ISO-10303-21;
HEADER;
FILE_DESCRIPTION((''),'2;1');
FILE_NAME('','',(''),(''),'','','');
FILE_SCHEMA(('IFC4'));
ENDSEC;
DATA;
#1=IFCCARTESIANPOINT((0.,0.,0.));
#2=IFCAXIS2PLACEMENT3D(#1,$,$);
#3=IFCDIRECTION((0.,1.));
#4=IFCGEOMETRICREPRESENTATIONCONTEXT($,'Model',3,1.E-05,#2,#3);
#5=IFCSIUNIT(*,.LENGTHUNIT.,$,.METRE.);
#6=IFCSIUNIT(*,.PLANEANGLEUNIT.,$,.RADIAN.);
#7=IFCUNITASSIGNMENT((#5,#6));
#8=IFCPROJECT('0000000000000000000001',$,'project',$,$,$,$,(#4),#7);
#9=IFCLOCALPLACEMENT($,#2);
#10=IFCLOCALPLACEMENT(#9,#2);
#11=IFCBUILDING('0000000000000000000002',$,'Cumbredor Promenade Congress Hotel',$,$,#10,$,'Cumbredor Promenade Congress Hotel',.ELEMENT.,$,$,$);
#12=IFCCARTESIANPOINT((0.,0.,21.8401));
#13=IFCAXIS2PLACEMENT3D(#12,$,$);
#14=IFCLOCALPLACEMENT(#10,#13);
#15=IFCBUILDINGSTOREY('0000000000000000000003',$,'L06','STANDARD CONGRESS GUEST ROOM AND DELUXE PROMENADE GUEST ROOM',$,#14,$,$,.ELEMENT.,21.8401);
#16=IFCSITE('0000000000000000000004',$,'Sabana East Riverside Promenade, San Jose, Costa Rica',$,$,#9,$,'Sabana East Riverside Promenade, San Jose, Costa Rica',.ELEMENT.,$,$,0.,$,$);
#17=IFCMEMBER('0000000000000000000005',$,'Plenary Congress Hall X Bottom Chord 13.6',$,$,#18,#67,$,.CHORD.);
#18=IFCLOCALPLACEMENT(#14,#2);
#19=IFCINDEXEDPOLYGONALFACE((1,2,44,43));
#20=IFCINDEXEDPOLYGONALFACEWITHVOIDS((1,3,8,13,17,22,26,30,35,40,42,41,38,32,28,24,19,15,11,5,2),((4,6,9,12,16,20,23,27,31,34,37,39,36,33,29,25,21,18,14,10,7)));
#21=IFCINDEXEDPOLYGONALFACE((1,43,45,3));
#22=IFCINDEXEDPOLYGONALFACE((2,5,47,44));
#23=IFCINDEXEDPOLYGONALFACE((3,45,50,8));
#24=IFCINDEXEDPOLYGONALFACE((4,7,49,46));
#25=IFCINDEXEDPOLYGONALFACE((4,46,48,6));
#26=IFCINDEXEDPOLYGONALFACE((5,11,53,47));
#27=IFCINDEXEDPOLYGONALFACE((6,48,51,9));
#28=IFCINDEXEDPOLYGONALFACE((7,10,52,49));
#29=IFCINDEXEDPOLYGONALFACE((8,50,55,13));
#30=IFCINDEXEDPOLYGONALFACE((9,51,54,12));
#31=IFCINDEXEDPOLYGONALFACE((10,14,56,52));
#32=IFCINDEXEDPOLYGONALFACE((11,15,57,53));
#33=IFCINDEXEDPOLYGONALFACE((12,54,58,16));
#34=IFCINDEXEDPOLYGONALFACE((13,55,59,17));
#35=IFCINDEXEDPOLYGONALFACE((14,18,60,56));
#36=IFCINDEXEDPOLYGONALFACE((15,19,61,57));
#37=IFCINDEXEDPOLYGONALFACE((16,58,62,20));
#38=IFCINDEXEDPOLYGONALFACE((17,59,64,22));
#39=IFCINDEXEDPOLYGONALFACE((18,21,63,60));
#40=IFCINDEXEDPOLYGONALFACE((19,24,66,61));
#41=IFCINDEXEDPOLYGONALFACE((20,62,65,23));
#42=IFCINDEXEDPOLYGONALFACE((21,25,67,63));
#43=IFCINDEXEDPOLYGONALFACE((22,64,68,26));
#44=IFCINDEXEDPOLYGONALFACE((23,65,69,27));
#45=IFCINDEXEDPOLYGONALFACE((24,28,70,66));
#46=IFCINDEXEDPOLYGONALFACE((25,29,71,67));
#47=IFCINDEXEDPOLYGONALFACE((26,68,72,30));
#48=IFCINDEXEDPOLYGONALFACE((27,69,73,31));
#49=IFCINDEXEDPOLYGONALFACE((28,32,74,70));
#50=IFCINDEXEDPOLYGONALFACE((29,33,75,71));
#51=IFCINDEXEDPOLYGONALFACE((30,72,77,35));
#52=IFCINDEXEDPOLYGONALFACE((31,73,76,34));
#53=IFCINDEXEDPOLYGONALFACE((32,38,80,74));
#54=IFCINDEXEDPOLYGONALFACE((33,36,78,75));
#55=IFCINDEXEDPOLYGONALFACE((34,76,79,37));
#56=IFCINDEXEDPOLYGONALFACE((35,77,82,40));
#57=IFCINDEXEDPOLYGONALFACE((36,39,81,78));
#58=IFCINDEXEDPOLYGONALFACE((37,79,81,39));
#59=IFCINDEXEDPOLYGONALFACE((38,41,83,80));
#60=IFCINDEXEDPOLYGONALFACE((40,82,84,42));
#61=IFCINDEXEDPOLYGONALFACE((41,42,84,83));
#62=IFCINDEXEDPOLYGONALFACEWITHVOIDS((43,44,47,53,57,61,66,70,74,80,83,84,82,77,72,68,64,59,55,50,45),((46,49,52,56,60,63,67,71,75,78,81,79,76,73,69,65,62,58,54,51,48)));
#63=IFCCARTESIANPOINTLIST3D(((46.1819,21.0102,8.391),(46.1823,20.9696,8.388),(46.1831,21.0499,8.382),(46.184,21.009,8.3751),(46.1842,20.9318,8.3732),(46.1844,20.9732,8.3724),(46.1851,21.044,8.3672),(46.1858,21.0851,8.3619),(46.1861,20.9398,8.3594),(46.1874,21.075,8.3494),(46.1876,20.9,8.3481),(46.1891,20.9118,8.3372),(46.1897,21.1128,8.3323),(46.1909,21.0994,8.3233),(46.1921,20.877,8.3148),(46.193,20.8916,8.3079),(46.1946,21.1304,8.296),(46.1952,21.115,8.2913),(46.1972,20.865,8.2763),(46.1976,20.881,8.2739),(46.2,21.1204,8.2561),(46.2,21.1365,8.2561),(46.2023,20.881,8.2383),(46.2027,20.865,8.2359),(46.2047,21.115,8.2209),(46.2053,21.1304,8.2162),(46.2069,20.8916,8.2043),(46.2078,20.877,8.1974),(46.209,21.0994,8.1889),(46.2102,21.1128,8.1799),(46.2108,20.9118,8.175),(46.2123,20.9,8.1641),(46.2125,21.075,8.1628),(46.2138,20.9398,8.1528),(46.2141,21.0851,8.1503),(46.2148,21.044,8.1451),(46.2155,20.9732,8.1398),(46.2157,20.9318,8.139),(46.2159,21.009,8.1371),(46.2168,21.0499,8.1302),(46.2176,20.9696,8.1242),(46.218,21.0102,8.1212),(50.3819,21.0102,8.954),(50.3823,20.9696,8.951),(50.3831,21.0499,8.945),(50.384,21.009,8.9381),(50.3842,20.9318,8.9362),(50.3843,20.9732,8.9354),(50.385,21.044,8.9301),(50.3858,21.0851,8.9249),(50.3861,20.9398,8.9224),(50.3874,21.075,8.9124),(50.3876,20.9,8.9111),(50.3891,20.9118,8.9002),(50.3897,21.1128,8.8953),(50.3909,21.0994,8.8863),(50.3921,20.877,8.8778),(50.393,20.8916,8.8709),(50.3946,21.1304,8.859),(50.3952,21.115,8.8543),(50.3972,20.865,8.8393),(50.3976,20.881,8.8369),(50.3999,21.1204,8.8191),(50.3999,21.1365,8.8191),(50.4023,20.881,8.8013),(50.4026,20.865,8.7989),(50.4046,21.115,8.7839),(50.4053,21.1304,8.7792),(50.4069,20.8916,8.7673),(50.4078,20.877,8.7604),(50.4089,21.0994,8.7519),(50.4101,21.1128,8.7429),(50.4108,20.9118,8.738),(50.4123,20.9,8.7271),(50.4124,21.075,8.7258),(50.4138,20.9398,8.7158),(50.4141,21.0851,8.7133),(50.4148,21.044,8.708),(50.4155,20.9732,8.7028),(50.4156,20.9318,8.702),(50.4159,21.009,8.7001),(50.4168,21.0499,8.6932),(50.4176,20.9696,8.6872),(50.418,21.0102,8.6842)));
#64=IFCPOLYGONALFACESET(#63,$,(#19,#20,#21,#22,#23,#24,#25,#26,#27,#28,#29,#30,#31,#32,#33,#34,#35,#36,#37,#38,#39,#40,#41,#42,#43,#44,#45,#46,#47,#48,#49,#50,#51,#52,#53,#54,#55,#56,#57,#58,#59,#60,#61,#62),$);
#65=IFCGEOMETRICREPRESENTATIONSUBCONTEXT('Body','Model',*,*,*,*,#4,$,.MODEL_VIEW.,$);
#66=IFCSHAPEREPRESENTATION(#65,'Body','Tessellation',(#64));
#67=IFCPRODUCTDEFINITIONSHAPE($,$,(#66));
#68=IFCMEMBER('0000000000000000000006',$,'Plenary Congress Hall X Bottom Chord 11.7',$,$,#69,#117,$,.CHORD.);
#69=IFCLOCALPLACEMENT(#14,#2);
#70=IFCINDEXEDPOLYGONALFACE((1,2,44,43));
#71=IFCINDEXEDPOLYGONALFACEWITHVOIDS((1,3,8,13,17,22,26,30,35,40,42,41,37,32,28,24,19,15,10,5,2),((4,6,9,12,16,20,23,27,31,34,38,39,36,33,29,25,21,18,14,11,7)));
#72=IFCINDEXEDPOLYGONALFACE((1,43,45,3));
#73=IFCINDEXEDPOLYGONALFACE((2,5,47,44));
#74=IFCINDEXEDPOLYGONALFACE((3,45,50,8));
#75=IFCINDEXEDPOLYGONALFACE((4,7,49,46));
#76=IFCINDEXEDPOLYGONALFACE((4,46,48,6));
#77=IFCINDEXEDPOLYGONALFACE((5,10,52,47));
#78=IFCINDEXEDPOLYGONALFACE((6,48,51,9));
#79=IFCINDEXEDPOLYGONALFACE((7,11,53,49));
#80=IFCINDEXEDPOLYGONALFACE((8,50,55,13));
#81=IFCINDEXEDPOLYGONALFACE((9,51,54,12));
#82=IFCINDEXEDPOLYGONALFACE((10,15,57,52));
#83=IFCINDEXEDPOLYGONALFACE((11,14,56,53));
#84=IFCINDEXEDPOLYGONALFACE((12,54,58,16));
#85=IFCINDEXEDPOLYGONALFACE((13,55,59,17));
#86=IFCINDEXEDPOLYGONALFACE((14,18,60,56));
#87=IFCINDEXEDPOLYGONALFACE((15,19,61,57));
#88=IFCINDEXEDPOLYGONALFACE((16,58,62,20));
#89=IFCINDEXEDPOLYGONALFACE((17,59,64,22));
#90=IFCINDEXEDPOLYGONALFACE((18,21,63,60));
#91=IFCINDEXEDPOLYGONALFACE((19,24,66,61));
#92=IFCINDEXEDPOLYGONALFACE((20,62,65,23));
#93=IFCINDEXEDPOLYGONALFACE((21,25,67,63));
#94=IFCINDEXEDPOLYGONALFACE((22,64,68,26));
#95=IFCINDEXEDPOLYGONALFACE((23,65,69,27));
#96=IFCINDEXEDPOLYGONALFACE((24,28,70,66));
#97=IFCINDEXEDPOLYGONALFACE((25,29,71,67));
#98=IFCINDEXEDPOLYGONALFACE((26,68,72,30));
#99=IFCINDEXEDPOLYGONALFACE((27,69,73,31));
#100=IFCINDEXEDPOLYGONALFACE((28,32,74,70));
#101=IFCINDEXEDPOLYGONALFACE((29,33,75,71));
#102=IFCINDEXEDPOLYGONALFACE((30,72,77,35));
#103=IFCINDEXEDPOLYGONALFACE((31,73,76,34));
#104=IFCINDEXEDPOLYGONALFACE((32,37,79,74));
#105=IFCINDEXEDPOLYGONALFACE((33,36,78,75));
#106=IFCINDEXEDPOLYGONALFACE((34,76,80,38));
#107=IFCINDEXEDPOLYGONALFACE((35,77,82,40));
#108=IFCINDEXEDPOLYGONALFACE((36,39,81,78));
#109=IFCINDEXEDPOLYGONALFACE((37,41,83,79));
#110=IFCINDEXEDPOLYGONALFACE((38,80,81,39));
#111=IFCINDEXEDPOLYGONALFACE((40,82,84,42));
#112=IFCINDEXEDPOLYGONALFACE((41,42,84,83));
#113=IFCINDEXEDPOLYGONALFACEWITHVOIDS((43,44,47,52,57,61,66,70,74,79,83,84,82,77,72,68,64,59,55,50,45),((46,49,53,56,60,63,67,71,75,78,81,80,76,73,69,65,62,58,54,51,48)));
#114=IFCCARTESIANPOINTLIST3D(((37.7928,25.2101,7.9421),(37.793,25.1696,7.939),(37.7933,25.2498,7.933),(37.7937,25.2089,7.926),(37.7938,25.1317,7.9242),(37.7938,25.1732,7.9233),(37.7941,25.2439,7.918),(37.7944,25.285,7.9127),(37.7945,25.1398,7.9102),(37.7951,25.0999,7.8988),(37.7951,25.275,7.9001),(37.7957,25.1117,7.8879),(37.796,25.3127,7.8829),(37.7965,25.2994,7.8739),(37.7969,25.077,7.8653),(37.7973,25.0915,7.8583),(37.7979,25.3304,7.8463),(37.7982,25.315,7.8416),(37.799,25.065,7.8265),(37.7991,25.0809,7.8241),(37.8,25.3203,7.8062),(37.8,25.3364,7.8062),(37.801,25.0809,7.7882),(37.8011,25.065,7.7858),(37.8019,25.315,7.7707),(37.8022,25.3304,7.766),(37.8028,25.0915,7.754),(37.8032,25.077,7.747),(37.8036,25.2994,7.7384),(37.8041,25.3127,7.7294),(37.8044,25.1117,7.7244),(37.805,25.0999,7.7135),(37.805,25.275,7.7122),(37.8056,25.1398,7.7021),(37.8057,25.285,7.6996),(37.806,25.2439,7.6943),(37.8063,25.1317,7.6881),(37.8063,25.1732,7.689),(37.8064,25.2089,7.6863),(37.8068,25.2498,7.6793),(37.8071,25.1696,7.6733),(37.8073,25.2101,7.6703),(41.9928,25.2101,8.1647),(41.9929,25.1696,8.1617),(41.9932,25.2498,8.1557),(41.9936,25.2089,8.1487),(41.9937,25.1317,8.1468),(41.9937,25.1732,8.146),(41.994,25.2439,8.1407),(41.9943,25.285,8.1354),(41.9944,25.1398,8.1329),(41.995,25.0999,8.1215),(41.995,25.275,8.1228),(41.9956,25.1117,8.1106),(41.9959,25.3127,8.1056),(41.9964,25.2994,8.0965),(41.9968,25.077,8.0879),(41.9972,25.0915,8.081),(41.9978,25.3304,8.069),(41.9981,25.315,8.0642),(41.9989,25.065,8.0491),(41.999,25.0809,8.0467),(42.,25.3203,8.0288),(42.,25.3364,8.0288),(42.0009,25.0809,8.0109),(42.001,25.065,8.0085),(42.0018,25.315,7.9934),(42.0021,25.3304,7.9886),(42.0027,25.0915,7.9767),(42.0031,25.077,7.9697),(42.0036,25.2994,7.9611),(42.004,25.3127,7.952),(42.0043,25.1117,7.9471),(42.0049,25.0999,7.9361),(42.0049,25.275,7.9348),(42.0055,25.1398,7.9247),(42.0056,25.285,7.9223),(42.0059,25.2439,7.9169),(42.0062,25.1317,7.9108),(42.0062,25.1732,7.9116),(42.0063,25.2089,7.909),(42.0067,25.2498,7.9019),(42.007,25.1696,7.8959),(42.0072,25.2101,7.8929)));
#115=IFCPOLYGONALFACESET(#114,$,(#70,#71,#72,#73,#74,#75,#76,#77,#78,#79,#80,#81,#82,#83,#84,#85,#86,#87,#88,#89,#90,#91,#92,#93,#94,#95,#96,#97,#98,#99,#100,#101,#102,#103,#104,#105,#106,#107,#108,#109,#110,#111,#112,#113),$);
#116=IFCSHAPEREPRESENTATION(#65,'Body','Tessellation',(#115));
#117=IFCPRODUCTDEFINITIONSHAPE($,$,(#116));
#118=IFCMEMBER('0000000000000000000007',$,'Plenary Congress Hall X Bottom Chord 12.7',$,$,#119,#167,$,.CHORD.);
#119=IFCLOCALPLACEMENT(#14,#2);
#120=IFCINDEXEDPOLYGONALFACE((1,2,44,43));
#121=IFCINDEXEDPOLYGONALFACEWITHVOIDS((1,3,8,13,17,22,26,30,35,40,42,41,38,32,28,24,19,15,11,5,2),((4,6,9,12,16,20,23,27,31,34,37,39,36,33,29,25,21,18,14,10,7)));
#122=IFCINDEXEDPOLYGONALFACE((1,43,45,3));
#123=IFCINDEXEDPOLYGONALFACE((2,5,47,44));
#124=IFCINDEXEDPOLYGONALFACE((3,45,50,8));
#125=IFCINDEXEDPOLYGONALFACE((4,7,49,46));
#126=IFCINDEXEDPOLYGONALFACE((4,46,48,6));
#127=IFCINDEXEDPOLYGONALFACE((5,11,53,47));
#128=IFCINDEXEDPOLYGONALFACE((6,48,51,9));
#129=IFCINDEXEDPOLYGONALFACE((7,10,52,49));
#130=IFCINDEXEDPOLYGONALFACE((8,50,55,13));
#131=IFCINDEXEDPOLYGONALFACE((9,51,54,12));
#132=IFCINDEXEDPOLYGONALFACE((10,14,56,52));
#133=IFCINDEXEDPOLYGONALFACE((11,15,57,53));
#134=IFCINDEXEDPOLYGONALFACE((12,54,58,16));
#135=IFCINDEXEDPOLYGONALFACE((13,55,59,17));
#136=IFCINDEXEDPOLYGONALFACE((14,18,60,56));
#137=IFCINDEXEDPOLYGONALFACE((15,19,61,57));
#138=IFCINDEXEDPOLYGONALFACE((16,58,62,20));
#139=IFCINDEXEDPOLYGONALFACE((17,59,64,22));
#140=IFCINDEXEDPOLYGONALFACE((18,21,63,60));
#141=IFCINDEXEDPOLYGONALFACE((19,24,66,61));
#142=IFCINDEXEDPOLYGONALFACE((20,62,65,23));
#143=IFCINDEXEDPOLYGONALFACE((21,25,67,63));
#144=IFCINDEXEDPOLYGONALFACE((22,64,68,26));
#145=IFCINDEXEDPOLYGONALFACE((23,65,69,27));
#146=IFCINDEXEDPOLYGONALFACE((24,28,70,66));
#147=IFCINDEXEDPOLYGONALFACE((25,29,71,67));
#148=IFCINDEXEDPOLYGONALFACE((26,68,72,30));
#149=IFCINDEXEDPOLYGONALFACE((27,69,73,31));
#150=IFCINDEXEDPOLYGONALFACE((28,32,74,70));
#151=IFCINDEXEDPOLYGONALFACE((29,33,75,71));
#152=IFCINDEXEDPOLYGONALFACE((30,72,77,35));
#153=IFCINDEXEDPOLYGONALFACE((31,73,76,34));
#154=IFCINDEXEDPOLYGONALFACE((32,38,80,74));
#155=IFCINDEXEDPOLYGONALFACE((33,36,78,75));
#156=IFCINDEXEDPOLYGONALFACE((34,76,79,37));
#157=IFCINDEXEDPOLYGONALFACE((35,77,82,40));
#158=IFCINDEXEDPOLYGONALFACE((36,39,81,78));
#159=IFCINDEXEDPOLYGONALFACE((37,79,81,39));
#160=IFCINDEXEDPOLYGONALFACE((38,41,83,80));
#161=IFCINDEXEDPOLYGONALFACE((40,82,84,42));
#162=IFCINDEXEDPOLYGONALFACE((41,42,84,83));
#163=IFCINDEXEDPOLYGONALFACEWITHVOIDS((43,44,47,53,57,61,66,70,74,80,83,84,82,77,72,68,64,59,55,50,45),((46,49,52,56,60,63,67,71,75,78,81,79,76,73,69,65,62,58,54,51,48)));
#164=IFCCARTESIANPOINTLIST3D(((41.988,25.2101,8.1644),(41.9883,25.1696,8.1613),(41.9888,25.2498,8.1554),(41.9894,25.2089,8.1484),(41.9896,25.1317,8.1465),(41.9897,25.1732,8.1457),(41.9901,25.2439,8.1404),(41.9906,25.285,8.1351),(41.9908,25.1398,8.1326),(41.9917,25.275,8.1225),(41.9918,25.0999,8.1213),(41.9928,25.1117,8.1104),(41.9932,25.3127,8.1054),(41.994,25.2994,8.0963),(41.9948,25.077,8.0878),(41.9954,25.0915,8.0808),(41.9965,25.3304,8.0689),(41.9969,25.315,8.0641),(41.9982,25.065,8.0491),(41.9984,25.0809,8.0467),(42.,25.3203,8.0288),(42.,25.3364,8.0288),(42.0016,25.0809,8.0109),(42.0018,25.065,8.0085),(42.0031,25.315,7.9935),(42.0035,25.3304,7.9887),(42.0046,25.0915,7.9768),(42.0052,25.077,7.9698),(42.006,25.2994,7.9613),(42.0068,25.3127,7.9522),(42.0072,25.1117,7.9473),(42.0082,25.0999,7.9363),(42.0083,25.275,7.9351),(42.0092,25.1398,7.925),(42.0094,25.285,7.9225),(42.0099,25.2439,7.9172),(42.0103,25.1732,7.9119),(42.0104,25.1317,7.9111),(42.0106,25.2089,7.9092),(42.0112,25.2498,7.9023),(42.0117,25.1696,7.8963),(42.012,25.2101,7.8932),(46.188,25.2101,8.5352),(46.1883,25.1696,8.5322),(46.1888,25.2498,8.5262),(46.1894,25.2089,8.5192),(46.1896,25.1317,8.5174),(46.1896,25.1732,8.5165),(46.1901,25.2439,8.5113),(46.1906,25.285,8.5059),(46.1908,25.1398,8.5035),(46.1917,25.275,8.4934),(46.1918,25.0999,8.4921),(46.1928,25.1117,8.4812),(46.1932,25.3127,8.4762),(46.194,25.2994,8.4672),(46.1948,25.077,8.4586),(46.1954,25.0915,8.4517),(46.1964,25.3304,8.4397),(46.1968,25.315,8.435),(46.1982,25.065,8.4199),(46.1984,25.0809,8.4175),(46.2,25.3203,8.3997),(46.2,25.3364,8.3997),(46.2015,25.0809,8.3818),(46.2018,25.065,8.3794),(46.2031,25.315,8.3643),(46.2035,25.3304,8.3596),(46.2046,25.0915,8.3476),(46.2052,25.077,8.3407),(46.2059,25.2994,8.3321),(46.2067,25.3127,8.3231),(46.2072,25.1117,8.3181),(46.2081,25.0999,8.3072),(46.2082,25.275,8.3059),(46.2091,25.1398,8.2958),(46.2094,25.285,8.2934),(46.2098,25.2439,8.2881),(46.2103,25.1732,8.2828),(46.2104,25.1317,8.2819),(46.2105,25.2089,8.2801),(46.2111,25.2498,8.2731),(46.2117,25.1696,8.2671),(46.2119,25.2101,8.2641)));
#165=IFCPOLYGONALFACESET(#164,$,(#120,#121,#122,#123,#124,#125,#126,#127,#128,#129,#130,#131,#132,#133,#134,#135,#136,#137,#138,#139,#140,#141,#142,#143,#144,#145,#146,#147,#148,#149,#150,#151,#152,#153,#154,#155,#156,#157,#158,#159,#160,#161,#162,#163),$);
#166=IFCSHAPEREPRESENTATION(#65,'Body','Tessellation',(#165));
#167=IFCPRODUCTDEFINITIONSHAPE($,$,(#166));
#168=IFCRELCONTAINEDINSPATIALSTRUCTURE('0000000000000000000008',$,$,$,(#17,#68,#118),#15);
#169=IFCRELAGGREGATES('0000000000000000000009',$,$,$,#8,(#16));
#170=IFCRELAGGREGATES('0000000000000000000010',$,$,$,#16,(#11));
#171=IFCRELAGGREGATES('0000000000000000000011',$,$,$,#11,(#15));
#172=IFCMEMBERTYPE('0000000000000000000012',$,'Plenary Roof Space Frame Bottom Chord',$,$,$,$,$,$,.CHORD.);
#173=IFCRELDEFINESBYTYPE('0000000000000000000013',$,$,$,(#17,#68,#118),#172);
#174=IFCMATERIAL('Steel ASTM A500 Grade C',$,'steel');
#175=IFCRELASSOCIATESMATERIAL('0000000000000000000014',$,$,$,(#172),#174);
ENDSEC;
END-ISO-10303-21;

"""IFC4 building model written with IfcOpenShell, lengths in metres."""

from ifc_helpers import new_model, si_unit, direction, frame, origin, origin_2d, place, context, subcontext, project, spatial, hollow_circle, extrude, material, material_profile, profile_set, type_object, element, save


model = new_model("IFC4")

# Units and contexts
model_context = context("Model", 3, precision=1e-05, world=origin(), true_north=direction((0.0, 1.0)))
body_context = subcontext(model_context, "Body", "Model", "MODEL_VIEW")
ifc_project = project(units=[si_unit("LENGTHUNIT", "METRE"), si_unit("PLANEANGLEUNIT", "RADIAN")], contexts=[model_context])

# Site, building, storey
site_placement = place(None, origin())
site = spatial("IfcSite", under=ifc_project, at=site_placement, Name="Sabana East Riverside Promenade, San Jose, Costa Rica", LongName="Sabana East Riverside Promenade, San Jose, Costa Rica", CompositionType="ELEMENT", RefElevation=0.0)
building_placement = place(site_placement, origin())
building = spatial("IfcBuilding", under=site, at=building_placement, Name="Cumbredor Promenade Congress Hotel", LongName="Cumbredor Promenade Congress Hotel", CompositionType="ELEMENT")
storey_placement = place(building_placement, frame((0.0, 0.0, 21.8401)))
storey = spatial("IfcBuildingStorey", under=building, at=storey_placement, Name="L06", Description="STANDARD CONGRESS GUEST ROOM AND DELUXE PROMENADE GUEST ROOM", CompositionType="ELEMENT", Elevation=21.8401)

# Members
ifc_material_1 = material(Name="Steel ASTM A500 Grade C", Category="steel")
ifc_material_profile_1 = material_profile(ifc_material_1, hollow_circle(Radius=0.1365, WallThickness=0.0161, at=origin_2d()), Name="CHS 273.0x16")
ifc_profile_set_1 = profile_set([ifc_material_profile_1], Name="Steel ASTM A500 Grade C")
member_type_1 = type_object("IfcMemberType", Name="Plenary Roof Space Frame Bottom Chord", PredefinedType="CHORD", material=ifc_profile_set_1)
member_1_placement = place(storey_placement, frame((46.2, 21.0, 8.2561), z_axis=(0.991135, 0.0, 0.132858), x_axis=(0.0, 1.0, 0.0)))
element("IfcMember", 1, at=member_1_placement, inside=storey, type_object=member_type_1, Name="Plenary Congress Hall X Bottom Chord 13.6", PredefinedType="CHORD", context=body_context, shape_type="SweptSolid", body=[
    extrude(hollow_circle(Radius=0.1365, WallThickness=0.0161, at=origin_2d()), origin(), (0.0, 0.0, 1.0), 4.2375),
])
member_2_placement = place(storey_placement, frame((37.8, 25.2, 7.8062), z_axis=(0.998598, 0.0, 0.05294), x_axis=(0.0, 1.0, 0.0)))
element("IfcMember", 2, at=member_2_placement, inside=storey, type_object=member_type_1, Name="Plenary Congress Hall X Bottom Chord 11.7", PredefinedType="CHORD", context=body_context, shape_type="SweptSolid", body=[
    extrude(hollow_circle(Radius=0.1365, WallThickness=0.0161, at=origin_2d()), origin(), (0.0, 0.0, 1.0), 4.2058),
])
member_3_placement = place(storey_placement, frame((42.0, 25.2, 8.0288), z_axis=(0.996124, 0.0, 0.087956), x_axis=(0.0, 1.0, 0.0)))
element("IfcMember", 3, at=member_3_placement, inside=storey, type_object=member_type_1, Name="Plenary Congress Hall X Bottom Chord 12.7", PredefinedType="CHORD", context=body_context, shape_type="SweptSolid", body=[
    extrude(hollow_circle(Radius=0.1365, WallThickness=0.0161, at=origin_2d()), origin(), (0.0, 0.0, 1.0), 4.2163),
])

save(model, "model.ifc")
